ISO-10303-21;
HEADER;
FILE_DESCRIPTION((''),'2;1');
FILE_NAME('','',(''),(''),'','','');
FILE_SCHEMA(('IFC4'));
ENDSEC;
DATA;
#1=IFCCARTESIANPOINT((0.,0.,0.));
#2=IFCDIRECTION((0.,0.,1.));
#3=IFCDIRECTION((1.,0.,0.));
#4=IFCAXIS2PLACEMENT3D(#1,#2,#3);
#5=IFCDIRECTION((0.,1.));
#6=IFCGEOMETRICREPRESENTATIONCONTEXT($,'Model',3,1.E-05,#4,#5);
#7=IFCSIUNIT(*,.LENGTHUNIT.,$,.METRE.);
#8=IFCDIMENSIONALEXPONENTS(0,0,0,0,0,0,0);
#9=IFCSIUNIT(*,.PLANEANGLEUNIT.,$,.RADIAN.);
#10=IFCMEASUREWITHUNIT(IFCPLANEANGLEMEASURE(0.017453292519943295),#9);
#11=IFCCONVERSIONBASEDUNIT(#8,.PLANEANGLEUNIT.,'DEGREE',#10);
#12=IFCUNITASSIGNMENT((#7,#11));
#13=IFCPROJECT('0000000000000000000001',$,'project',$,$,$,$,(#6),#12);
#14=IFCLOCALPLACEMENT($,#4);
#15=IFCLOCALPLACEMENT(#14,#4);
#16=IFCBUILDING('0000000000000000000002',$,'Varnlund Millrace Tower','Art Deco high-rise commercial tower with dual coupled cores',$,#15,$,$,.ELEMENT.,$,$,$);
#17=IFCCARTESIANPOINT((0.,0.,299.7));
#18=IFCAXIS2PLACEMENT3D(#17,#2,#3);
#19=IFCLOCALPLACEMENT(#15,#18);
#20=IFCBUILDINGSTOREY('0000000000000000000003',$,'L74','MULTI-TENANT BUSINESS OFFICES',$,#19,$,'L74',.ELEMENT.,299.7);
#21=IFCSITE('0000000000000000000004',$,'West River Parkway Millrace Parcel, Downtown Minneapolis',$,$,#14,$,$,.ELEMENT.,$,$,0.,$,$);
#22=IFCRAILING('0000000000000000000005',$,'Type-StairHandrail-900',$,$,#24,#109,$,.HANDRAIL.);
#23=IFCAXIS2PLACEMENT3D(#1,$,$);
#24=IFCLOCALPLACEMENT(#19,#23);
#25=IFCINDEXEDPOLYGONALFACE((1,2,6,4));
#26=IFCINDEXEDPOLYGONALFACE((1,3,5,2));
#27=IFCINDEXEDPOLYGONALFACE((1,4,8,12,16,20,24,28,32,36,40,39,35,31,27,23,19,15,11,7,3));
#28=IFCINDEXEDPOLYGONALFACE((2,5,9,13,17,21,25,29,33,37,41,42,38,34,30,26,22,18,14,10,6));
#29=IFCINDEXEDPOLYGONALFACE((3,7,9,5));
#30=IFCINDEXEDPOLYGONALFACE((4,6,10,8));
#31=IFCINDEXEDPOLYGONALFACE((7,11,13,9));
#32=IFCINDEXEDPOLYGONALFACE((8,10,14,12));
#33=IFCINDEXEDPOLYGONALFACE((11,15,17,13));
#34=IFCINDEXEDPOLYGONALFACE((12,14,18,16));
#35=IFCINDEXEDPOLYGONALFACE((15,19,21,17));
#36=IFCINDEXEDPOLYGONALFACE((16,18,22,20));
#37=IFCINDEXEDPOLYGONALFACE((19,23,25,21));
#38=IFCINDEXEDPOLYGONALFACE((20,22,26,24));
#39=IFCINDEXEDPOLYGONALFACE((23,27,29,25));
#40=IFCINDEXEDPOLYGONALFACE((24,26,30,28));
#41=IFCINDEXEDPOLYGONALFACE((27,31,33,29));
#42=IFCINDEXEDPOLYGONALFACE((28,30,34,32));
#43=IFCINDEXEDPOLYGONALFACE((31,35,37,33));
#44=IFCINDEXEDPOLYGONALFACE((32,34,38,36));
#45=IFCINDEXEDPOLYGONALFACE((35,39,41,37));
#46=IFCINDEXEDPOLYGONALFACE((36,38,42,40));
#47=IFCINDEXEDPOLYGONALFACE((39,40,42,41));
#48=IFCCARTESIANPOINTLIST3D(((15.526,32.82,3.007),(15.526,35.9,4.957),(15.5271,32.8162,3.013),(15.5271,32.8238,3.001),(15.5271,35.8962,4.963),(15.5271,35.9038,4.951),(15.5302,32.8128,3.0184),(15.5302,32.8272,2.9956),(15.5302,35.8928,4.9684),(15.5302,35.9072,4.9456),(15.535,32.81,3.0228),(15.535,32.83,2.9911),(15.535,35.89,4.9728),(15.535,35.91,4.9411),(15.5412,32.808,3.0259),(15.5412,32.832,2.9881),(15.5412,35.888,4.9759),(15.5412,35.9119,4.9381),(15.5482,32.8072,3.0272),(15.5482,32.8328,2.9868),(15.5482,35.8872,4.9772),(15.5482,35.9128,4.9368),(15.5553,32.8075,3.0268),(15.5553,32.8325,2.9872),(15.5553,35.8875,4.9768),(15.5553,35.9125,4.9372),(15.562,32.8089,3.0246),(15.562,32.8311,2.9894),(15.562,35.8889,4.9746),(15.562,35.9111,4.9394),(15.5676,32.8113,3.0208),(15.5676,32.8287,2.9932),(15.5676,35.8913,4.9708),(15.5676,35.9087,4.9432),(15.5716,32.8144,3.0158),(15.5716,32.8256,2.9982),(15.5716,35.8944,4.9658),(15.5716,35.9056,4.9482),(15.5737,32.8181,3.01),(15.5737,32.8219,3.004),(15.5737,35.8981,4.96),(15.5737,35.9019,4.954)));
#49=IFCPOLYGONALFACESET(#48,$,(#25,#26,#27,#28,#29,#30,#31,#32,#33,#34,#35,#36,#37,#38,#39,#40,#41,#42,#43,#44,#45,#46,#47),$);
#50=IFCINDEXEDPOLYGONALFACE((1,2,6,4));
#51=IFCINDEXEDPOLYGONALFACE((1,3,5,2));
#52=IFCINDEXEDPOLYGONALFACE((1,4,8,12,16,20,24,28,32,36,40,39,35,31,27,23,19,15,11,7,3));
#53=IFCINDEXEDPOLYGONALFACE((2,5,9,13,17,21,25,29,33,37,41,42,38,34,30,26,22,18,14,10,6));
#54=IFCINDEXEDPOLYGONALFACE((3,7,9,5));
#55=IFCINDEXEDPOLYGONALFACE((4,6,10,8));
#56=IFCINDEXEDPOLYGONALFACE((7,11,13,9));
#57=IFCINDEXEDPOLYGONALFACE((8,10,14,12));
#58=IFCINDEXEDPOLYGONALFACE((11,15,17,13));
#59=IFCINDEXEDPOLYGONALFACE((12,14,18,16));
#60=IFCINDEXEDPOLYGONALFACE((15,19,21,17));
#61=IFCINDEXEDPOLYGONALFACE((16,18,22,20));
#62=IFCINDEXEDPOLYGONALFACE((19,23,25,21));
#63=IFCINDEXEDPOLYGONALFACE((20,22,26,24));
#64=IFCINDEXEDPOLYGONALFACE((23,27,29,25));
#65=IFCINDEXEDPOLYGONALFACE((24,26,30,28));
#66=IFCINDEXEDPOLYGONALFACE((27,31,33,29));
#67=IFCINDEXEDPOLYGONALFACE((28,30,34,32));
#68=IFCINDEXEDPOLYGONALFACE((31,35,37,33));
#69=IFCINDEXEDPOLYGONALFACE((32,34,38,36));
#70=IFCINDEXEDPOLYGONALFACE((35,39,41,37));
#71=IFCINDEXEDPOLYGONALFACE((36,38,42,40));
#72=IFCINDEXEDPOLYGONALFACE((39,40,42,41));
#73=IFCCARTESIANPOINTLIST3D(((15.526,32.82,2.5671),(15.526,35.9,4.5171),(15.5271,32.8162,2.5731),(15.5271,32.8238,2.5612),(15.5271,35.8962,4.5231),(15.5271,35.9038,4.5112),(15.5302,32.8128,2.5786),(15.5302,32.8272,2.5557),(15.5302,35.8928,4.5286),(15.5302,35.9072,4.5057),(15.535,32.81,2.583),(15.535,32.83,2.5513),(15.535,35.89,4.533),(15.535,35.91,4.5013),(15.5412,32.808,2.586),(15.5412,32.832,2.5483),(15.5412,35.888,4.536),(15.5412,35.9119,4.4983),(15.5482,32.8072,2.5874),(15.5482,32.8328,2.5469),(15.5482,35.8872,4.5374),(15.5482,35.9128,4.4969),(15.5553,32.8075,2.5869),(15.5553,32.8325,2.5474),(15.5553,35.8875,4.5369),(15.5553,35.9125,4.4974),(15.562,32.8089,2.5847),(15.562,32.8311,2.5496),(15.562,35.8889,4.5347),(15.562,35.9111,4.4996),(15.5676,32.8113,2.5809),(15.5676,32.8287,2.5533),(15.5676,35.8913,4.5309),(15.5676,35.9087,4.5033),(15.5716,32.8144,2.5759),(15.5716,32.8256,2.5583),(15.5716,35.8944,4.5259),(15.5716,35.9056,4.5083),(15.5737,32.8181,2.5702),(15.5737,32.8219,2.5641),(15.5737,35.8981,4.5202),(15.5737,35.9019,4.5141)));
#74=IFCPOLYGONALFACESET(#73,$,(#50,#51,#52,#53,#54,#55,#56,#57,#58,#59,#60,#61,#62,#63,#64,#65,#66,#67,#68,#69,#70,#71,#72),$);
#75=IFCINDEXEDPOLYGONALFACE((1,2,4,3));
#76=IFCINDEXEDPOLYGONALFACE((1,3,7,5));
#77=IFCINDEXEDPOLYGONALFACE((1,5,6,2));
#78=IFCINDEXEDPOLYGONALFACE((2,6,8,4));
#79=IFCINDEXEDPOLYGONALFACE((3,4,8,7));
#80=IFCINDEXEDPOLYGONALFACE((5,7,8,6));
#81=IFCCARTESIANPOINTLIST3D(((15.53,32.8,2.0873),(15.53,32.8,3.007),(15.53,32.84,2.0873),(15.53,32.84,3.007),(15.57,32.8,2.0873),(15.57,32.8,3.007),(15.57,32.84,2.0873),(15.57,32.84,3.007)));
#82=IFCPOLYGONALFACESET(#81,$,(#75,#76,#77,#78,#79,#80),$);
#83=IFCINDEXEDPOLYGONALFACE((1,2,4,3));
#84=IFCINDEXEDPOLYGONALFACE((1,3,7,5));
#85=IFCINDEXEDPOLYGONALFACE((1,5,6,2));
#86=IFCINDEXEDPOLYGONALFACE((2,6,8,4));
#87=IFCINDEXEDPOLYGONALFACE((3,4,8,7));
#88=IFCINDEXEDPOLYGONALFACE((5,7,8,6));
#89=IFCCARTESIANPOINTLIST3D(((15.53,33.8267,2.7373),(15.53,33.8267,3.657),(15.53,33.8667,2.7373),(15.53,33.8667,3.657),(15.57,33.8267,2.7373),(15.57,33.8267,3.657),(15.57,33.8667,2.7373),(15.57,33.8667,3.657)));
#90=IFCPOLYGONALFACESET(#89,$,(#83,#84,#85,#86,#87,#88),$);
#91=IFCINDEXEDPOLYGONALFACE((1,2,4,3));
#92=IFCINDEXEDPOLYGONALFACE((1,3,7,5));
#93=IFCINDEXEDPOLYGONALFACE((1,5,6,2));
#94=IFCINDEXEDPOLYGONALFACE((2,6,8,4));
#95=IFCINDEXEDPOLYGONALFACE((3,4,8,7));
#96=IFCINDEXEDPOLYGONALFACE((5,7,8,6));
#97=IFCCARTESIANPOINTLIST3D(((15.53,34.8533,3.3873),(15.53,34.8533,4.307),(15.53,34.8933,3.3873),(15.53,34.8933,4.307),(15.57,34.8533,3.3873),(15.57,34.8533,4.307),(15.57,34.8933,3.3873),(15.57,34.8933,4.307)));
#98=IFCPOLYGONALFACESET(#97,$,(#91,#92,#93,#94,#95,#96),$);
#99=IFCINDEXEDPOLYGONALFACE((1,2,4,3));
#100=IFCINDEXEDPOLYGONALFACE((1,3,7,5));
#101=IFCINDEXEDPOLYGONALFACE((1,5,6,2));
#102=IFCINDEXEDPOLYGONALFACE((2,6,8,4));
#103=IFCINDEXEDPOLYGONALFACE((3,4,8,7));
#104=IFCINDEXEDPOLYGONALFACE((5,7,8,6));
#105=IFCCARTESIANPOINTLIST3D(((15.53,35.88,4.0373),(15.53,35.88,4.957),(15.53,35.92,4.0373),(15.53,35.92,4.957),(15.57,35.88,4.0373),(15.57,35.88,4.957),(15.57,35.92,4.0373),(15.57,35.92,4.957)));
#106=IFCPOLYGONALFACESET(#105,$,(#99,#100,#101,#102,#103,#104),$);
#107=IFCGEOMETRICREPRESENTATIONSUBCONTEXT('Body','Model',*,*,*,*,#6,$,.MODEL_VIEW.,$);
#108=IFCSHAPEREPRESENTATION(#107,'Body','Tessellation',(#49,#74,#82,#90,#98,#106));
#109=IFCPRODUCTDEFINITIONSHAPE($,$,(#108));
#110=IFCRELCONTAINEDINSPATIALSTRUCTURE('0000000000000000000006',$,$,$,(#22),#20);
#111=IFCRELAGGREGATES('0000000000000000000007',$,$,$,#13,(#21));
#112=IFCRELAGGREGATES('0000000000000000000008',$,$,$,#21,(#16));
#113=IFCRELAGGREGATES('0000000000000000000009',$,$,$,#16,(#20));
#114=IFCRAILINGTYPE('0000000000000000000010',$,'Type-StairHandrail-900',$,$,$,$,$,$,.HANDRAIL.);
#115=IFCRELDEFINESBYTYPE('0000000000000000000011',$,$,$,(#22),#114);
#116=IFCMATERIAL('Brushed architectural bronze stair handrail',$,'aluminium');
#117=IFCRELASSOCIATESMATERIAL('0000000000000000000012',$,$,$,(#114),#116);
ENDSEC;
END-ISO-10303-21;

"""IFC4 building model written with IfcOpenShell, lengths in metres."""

from ifc_helpers import new_model, entity, si_unit, converted_unit, direction, frame, origin_with_axes, origin_2d_with_axis, place, context, subcontext, project, spatial, rectangle, circle, extrude, material, type_object, element, save


model = new_model("IFC4")

# Units and contexts
model_context = context("Model", 3, precision=1e-05, world=origin_with_axes(), true_north=direction((0.0, 1.0)))
body_context = subcontext(model_context, "Body", "Model", "MODEL_VIEW")
ifc_project = project(units=[si_unit("LENGTHUNIT", "METRE"), converted_unit("PLANEANGLEUNIT", "DEGREE", entity("IfcPlaneAngleMeasure", 0.017453292519943295), si_unit("PLANEANGLEUNIT", "RADIAN"), dimensions=[0, 0, 0, 0, 0, 0, 0])], contexts=[model_context])

# Site, building, storey
site_placement = place(None, origin_with_axes())
site = spatial("IfcSite", under=ifc_project, at=site_placement, Name="West River Parkway Millrace Parcel, Downtown Minneapolis", CompositionType="ELEMENT", RefElevation=0.0)
building_placement = place(site_placement, origin_with_axes())
building = spatial("IfcBuilding", under=site, at=building_placement, Name="Varnlund Millrace Tower", Description="Art Deco high-rise commercial tower with dual coupled cores", CompositionType="ELEMENT")
storey_placement = place(building_placement, frame((0.0, 0.0, 299.7), z_axis=(0.0, 0.0, 1.0), x_axis=(1.0, 0.0, 0.0)))
storey = spatial("IfcBuildingStorey", under=building, at=storey_placement, Name="L74", Description="MULTI-TENANT BUSINESS OFFICES", LongName="L74", CompositionType="ELEMENT", Elevation=299.7)

# Railing
ifc_material_1 = material(Name="Brushed architectural bronze stair handrail", Category="aluminium")
railing_type_1 = type_object("IfcRailingType", Name="Type-StairHandrail-900", PredefinedType="HANDRAIL", material=ifc_material_1)
railing_1_placement = place(storey_placement, frame((0.0, 0.0, -299.7), z_axis=(0.0, 0.0, 1.0), x_axis=(1.0, 0.0, 0.0)))
element("IfcRailing", 1, at=railing_1_placement, inside=storey, type_object=railing_type_1, Name="Type-StairHandrail-900", PredefinedType="HANDRAIL", context=body_context, shape_type="SweptSolid", body=[
    extrude(circle(Radius=0.024, at=origin_2d_with_axis()), frame((15.55, 32.82, 302.707), z_axis=(0.0, 0.844902, 0.534922), x_axis=(-1.0, 0.0, 0.0)), (0.0, 0.0, 1.0), 3.6454),
    extrude(circle(Radius=0.024, at=origin_2d_with_axis()), frame((15.55, 32.82, 302.2671), z_axis=(0.0, 0.844902, 0.534922), x_axis=(-1.0, 0.0, 0.0)), (0.0, 0.0, 1.0), 3.6454),
    extrude(rectangle(XDim=0.04, YDim=0.04, at=origin_2d_with_axis()), frame((15.55, 32.82, 301.7873), z_axis=(0.0, 0.0, 1.0), x_axis=(1.0, 0.0, 0.0)), (0.0, 0.0, 1.0), 0.9197),
    extrude(rectangle(XDim=0.04, YDim=0.04, at=origin_2d_with_axis()), frame((15.55, 33.8467, 302.4373), z_axis=(0.0, 0.0, 1.0), x_axis=(1.0, 0.0, 0.0)), (0.0, 0.0, 1.0), 0.9197),
    extrude(rectangle(XDim=0.04, YDim=0.04, at=origin_2d_with_axis()), frame((15.55, 34.8733, 303.0873), z_axis=(0.0, 0.0, 1.0), x_axis=(1.0, 0.0, 0.0)), (0.0, 0.0, 1.0), 0.9197),
    extrude(rectangle(XDim=0.04, YDim=0.04, at=origin_2d_with_axis()), frame((15.55, 35.9, 303.7373), z_axis=(0.0, 0.0, 1.0), x_axis=(1.0, 0.0, 0.0)), (0.0, 0.0, 1.0), 0.9197),
])

save(model, "model.ifc")
